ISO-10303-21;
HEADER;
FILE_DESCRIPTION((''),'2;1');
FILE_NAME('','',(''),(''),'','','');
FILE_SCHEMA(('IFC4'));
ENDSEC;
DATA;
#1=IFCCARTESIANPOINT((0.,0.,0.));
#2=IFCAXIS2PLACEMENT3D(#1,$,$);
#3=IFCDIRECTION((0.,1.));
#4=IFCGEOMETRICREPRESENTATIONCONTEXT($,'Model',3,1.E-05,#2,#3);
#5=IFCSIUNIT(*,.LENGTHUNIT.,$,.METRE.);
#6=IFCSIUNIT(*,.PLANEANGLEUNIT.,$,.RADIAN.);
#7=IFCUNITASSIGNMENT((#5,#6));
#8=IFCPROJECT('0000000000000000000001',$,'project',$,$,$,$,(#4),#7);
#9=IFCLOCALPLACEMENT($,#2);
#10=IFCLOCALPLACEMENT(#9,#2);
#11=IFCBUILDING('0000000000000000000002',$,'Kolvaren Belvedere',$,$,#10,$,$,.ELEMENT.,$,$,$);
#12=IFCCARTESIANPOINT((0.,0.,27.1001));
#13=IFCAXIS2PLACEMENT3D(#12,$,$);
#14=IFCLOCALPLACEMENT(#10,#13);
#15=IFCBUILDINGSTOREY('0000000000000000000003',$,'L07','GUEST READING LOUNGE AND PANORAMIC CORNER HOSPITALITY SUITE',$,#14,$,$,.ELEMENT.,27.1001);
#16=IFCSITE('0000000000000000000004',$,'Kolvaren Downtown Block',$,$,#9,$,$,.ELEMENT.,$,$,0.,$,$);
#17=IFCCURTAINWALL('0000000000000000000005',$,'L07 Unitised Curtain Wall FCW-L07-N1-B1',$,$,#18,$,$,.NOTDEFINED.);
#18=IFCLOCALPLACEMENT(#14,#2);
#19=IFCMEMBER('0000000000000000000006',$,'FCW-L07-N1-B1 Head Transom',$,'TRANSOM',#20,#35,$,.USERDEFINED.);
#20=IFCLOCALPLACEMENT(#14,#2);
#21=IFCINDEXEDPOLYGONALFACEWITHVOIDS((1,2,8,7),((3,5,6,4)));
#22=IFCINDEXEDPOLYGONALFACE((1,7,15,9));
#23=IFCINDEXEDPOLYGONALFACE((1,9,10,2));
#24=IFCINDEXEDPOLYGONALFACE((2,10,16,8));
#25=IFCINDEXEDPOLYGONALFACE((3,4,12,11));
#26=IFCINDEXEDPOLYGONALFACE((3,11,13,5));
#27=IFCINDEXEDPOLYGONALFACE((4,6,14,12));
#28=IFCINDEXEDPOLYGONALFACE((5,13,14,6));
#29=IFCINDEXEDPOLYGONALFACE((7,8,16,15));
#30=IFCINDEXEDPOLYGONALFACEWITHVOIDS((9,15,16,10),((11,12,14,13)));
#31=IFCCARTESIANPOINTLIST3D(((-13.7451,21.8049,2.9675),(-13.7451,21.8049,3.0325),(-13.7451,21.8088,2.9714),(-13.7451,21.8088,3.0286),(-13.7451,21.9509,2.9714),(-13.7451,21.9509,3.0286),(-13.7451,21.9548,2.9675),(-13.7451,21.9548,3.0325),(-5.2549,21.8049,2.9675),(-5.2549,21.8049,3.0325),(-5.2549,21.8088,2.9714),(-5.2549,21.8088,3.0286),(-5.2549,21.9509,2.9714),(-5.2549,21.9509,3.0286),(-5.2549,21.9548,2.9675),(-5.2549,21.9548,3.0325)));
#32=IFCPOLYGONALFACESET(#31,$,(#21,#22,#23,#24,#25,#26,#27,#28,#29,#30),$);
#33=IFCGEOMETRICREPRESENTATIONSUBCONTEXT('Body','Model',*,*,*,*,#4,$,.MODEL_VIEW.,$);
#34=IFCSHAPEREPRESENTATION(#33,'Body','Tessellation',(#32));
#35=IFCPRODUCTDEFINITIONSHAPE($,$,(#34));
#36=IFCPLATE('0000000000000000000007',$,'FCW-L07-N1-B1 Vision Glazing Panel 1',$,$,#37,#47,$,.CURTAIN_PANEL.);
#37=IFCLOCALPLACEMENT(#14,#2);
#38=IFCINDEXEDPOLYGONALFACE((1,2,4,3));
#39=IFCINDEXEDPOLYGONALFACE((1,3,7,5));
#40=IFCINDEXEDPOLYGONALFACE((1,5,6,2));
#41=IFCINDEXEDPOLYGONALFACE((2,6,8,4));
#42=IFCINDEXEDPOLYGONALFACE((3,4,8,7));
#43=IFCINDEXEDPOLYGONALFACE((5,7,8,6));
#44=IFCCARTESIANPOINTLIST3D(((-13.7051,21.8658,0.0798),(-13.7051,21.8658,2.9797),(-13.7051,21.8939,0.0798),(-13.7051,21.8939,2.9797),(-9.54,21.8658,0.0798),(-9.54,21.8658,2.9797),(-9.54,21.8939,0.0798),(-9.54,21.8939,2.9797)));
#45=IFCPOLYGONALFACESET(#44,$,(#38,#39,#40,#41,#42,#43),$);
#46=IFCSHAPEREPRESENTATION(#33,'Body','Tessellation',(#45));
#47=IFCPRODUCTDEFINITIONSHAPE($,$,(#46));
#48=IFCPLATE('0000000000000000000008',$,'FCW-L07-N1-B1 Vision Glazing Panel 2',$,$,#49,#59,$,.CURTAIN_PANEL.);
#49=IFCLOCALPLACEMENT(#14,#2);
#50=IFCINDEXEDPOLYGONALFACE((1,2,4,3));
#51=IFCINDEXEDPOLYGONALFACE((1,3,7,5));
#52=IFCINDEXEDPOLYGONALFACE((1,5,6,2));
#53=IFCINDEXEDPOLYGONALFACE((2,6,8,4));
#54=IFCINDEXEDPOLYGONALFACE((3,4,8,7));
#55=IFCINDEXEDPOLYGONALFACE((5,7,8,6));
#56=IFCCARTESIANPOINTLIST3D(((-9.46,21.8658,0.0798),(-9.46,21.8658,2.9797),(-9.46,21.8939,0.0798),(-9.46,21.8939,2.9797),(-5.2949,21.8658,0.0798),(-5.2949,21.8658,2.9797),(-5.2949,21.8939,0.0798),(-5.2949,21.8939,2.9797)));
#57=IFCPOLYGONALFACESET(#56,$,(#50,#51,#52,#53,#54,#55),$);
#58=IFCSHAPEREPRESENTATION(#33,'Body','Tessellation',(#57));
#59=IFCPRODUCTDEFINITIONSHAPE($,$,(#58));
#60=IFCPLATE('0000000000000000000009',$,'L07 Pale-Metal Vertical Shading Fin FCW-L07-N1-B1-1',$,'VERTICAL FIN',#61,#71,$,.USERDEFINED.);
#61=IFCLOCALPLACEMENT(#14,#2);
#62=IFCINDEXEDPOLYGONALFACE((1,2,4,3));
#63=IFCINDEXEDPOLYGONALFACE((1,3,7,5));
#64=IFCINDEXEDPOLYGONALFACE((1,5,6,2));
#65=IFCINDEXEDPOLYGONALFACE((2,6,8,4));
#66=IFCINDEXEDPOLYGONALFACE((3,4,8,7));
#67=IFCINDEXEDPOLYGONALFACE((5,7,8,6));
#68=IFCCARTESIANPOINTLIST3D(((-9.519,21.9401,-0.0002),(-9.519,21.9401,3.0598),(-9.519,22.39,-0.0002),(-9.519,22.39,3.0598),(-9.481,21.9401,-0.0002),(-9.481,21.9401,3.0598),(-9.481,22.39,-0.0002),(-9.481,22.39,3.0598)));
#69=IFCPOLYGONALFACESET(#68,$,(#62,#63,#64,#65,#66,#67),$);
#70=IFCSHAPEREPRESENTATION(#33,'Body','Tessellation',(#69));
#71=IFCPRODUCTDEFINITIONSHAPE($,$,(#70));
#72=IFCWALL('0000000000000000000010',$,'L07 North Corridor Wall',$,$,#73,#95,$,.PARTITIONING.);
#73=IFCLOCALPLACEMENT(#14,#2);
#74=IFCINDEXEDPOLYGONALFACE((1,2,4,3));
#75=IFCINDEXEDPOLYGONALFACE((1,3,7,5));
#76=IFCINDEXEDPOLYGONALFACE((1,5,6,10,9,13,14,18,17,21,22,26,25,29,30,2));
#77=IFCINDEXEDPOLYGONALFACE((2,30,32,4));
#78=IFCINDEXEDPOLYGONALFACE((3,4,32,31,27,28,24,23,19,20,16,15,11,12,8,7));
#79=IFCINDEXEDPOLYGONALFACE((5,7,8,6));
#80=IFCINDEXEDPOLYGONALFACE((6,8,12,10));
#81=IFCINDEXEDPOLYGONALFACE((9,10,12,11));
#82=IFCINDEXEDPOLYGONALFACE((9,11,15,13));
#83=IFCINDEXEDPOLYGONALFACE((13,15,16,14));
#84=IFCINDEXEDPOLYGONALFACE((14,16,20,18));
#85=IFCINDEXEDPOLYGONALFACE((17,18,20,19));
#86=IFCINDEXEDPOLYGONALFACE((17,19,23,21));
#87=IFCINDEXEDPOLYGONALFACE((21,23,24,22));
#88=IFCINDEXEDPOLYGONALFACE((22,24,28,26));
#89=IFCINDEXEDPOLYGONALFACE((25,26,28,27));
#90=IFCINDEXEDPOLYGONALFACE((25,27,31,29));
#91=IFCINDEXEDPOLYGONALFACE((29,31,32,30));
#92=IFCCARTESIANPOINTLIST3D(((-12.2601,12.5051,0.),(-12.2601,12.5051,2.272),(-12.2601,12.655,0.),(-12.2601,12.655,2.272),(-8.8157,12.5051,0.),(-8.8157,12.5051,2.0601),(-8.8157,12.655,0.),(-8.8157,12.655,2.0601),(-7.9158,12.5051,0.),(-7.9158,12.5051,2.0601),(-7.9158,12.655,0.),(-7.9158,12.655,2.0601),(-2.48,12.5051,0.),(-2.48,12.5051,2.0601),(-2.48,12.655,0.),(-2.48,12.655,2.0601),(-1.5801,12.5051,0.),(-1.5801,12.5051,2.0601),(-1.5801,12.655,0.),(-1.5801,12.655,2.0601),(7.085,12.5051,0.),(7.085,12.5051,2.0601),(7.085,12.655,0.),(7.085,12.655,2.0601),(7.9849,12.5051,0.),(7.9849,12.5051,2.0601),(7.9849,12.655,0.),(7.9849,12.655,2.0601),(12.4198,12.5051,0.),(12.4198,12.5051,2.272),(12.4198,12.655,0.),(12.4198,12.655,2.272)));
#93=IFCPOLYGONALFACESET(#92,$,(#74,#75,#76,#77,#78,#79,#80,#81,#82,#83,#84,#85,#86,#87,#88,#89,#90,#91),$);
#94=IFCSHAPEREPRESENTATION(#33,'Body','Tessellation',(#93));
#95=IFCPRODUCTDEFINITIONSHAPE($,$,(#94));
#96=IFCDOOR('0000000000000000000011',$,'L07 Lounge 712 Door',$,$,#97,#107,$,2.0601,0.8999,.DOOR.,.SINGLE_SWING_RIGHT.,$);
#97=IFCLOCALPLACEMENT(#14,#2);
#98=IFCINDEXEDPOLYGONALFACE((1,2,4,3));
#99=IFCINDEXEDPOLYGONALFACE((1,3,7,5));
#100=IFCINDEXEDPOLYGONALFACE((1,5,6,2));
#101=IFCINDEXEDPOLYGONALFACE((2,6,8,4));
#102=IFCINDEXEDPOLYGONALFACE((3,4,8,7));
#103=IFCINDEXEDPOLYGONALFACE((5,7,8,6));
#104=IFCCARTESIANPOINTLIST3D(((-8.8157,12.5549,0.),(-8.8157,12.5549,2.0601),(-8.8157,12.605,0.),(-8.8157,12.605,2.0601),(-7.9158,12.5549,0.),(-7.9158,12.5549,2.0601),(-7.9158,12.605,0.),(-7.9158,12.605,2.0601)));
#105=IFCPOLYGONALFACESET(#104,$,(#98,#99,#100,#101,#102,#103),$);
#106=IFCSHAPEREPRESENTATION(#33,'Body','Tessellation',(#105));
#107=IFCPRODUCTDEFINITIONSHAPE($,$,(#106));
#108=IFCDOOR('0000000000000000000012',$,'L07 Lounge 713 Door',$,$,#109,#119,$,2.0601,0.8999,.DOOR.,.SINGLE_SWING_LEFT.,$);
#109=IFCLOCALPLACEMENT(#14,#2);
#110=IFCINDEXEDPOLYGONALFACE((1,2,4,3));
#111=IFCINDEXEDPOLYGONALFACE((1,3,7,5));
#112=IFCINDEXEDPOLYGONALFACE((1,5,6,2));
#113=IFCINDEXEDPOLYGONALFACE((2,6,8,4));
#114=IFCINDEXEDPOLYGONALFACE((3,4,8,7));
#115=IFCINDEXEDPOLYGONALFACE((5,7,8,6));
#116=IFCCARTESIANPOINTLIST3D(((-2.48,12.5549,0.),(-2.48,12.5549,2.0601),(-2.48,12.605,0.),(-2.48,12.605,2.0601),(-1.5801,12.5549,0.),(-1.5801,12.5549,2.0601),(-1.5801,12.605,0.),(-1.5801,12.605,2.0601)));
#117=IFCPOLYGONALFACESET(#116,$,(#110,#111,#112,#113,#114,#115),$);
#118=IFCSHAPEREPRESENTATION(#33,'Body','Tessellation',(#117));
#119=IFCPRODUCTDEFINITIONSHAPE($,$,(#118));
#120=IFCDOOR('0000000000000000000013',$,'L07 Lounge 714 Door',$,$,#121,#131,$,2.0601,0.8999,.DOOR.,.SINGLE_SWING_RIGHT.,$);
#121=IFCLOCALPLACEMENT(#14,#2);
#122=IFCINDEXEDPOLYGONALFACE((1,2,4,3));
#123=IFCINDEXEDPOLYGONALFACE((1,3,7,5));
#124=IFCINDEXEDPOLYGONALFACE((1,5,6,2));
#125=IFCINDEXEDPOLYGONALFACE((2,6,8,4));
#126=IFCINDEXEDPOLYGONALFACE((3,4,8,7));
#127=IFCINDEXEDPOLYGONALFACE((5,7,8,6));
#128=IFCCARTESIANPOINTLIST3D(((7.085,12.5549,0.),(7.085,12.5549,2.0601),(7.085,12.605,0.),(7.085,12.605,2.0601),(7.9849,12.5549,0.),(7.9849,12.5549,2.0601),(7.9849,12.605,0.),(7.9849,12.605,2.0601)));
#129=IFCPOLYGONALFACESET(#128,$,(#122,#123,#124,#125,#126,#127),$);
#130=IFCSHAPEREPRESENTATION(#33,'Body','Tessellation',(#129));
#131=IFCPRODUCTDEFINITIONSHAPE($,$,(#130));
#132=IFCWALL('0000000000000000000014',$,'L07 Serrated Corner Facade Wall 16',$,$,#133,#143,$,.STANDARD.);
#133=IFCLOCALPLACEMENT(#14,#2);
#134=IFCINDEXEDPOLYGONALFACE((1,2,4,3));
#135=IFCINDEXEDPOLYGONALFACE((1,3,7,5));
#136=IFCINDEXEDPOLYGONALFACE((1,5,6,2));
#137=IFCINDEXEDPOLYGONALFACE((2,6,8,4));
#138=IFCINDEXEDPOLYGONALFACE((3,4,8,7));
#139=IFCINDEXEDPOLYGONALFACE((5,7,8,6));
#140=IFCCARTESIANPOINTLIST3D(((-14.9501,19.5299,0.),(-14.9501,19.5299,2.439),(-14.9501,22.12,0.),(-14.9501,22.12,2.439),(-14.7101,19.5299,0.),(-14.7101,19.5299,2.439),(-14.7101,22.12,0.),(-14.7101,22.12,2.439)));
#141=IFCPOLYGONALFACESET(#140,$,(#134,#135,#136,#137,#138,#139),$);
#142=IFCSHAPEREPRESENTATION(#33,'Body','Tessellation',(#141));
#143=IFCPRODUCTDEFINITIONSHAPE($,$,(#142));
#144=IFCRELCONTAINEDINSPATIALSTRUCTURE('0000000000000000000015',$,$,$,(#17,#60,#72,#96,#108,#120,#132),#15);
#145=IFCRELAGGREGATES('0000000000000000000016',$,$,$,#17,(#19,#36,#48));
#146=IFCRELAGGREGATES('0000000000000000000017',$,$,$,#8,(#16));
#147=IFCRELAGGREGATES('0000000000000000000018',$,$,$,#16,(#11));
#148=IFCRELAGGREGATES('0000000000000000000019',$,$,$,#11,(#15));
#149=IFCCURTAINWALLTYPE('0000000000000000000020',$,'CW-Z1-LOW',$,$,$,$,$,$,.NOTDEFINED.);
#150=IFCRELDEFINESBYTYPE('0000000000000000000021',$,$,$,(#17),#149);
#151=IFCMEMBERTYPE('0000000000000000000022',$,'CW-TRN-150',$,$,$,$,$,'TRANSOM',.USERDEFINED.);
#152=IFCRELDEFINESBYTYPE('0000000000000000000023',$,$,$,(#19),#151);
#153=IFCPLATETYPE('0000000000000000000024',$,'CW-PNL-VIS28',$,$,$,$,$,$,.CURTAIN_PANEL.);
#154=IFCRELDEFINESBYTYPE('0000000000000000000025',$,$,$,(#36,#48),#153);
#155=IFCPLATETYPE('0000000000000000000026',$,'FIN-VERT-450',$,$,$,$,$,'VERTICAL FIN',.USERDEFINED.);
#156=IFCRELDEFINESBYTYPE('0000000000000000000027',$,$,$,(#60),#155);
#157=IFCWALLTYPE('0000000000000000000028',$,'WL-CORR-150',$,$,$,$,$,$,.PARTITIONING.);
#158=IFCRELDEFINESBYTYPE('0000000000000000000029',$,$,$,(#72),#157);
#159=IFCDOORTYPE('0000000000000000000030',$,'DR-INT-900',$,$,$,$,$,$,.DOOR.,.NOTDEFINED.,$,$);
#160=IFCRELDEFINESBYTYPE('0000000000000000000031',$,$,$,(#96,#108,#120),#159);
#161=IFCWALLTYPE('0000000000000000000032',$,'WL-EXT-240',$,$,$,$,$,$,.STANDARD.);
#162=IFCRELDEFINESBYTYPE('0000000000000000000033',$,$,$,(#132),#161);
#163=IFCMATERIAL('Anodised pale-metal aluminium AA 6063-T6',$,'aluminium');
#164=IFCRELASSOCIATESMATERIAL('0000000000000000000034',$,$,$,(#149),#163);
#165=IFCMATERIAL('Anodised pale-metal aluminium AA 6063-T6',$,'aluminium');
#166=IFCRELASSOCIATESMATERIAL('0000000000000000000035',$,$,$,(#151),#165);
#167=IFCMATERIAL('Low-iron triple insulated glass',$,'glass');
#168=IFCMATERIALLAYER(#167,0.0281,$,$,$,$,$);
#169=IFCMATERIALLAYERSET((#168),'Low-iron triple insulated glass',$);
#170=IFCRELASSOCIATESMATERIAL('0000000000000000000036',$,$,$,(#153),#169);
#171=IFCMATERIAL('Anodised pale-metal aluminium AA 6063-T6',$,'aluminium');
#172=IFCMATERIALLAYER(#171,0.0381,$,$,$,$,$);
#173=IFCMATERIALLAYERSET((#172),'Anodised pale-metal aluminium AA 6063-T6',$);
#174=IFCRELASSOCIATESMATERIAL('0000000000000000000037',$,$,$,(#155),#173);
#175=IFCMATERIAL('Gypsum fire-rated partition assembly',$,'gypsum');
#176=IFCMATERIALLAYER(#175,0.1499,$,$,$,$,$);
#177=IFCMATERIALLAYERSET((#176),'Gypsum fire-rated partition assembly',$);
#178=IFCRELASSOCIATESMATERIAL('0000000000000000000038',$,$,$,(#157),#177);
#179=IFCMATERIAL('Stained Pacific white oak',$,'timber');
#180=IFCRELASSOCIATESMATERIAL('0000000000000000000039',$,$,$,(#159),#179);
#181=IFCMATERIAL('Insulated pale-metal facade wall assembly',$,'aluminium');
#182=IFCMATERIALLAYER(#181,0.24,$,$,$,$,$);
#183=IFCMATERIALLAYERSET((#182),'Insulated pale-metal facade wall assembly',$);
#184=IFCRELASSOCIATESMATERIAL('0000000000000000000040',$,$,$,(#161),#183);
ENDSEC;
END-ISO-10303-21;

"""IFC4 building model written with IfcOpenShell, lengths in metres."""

from ifc_helpers import new_model, si_unit, direction, frame, frame_2d, origin, origin_2d, place, context, subcontext, project, spatial, rectangle, hollow_rectangle, extrude, material, layer, layer_set, material_profile, profile_set, type_object, element, fill, aggregate, save


model = new_model("IFC4")

# Units and contexts
model_context = context("Model", 3, precision=1e-05, world=origin(), true_north=direction((0.0, 1.0)))
body_context = subcontext(model_context, "Body", "Model", "MODEL_VIEW")
ifc_project = project(units=[si_unit("LENGTHUNIT", "METRE"), si_unit("PLANEANGLEUNIT", "RADIAN")], contexts=[model_context])

# Site, building, storey
site_placement = place(None, origin())
site = spatial("IfcSite", under=ifc_project, at=site_placement, Name="Kolvaren Downtown Block", CompositionType="ELEMENT", RefElevation=0.0)
building_placement = place(site_placement, origin())
building = spatial("IfcBuilding", under=site, at=building_placement, Name="Kolvaren Belvedere", CompositionType="ELEMENT")
storey_placement = place(building_placement, frame((0.0, 0.0, 27.1001)))
storey = spatial("IfcBuildingStorey", under=building, at=storey_placement, Name="L07", Description="GUEST READING LOUNGE AND PANORAMIC CORNER HOSPITALITY SUITE", CompositionType="ELEMENT", Elevation=27.1001)

# Curtain wall
ifc_material_1 = material(Name="Anodised pale-metal aluminium AA 6063-T6", Category="aluminium")
curtain_wall_type = type_object("IfcCurtainWallType", Name="CW-Z1-LOW", PredefinedType="NOTDEFINED", material=ifc_material_1)
curtain_wall_1_placement = place(storey_placement, origin())
curtain_wall_1 = element("IfcCurtainWall", 1, at=curtain_wall_1_placement, inside=storey, type_object=curtain_wall_type, Name="L07 Unitised Curtain Wall FCW-L07-N1-B1", PredefinedType="NOTDEFINED")

# Member
ifc_material_2 = material(Name="Anodised pale-metal aluminium AA 6063-T6", Category="aluminium")
ifc_material_profile_1 = material_profile(ifc_material_2, hollow_rectangle(XDim=0.0649, YDim=0.1499, WallThickness=0.0039, at=origin_2d()), Name="ALU-TRN-150X65")
ifc_profile_set_1 = profile_set([ifc_material_profile_1], Name="Anodised pale-metal aluminium AA 6063-T6")
member_type_1 = type_object("IfcMemberType", Name="CW-TRN-150", ElementType="TRANSOM", PredefinedType="USERDEFINED", material=ifc_profile_set_1)
member_1_placement = place(storey_placement, frame((-13.7451, 21.8799, 3.0), z_axis=(1.0, 0.0, 0.0), x_axis=(0.0, 0.0, 1.0)))
member_1 = element("IfcMember", 2, at=member_1_placement, type_object=member_type_1, Name="FCW-L07-N1-B1 Head Transom", ObjectType="TRANSOM", PredefinedType="USERDEFINED", context=body_context, shape_type="SweptSolid", body=[
    extrude(hollow_rectangle(XDim=0.0649, YDim=0.1499, WallThickness=0.0039, at=origin_2d()), origin(), (0.0, 0.0, 1.0), 8.4902),
])

# Plates
ifc_material_3 = material(Name="Low-iron triple insulated glass", Category="glass")
ifc_layer_1 = layer(ifc_material_3, 0.0281)
ifc_layer_set_1 = layer_set([ifc_layer_1], Name="Low-iron triple insulated glass")
plate_type_1 = type_object("IfcPlateType", Name="CW-PNL-VIS28", PredefinedType="CURTAIN_PANEL", material=ifc_layer_set_1)
plate_1_placement = place(storey_placement, frame((-11.6226, 21.8799, 0.0798), z_axis=(0.0, 0.0, 1.0), x_axis=(1.0, 0.0, 0.0)))
plate_1 = element("IfcPlate", 3, at=plate_1_placement, type_object=plate_type_1, Name="FCW-L07-N1-B1 Vision Glazing Panel 1", PredefinedType="CURTAIN_PANEL", context=body_context, shape_type="SweptSolid", body=[
    extrude(rectangle(XDim=4.165, YDim=0.0281, at=origin_2d()), origin(), (0.0, 0.0, 1.0), 2.8999),
])
plate_2_placement = place(storey_placement, frame((-7.3774, 21.8799, 0.0798), z_axis=(0.0, 0.0, 1.0), x_axis=(1.0, 0.0, 0.0)))
plate_2 = element("IfcPlate", 4, at=plate_2_placement, type_object=plate_type_1, Name="FCW-L07-N1-B1 Vision Glazing Panel 2", PredefinedType="CURTAIN_PANEL", context=body_context, shape_type="SweptSolid", body=[
    extrude(rectangle(XDim=4.165, YDim=0.0281, at=origin_2d()), origin(), (0.0, 0.0, 1.0), 2.8999),
])
aggregate(curtain_wall_1, [member_1, plate_1, plate_2])
ifc_material_4 = material(Name="Anodised pale-metal aluminium AA 6063-T6", Category="aluminium")
ifc_layer_2 = layer(ifc_material_4, 0.0381)
ifc_layer_set_2 = layer_set([ifc_layer_2], Name="Anodised pale-metal aluminium AA 6063-T6")
plate_type_2 = type_object("IfcPlateType", Name="FIN-VERT-450", ElementType="VERTICAL FIN", PredefinedType="USERDEFINED", material=ifc_layer_set_2)
plate_3_placement = place(storey_placement, frame((-9.5, 22.165, -0.0002), z_axis=(0.0, 0.0, 1.0), x_axis=(0.0, 1.0, 0.0)))
element("IfcPlate", 5, at=plate_3_placement, inside=storey, type_object=plate_type_2, Name="L07 Pale-Metal Vertical Shading Fin FCW-L07-N1-B1-1", ObjectType="VERTICAL FIN", PredefinedType="USERDEFINED", context=body_context, shape_type="SweptSolid", body=[
    extrude(rectangle(XDim=0.45, YDim=0.0381, at=origin_2d()), origin(), (0.0, 0.0, 1.0), 3.0601),
])

# Wall, openings, doors
ifc_material_5 = material(Name="Gypsum fire-rated partition assembly", Category="gypsum")
ifc_layer_3 = layer(ifc_material_5, 0.1499)
ifc_layer_set_3 = layer_set([ifc_layer_3], Name="Gypsum fire-rated partition assembly")
wall_type_1 = type_object("IfcWallType", Name="WL-CORR-150", PredefinedType="PARTITIONING", material=ifc_layer_set_3)
wall_1_placement = place(storey_placement, frame((-12.26, 12.5801, 0.0), z_axis=(0.0, 0.0, 1.0), x_axis=(1.0, 0.0, 0.0)))
wall_1 = element("IfcWall", 6, at=wall_1_placement, inside=storey, type_object=wall_type_1, Name="L07 North Corridor Wall", PredefinedType="PARTITIONING", context=body_context, shape_type="SweptSolid", body=[
    extrude(rectangle(XDim=24.6799, YDim=0.1499, at=frame_2d((12.3398, 0.0))), origin(), (0.0, 0.0, 1.0), 2.272),
])
opening_1_placement = place(wall_1_placement, frame((3.4443, 0.0, 0.0)))
opening_1 = element("IfcOpeningElement", 7, at=opening_1_placement, cuts=wall_1, PredefinedType="OPENING", context=body_context, shape_type="SweptSolid", body=[
    extrude(rectangle(XDim=0.8999, YDim=2.0601, at=frame_2d((0.45, 1.03))), frame((0.0, 0.085, 0.0), z_axis=(0.0, -1.0, 0.0), x_axis=(1.0, 0.0, 0.0)), (0.0, 0.0, 1.0), 0.1699),
])
opening_2_placement = place(wall_1_placement, frame((9.78, 0.0, 0.0)))
opening_2 = element("IfcOpeningElement", 8, at=opening_2_placement, cuts=wall_1, PredefinedType="OPENING", context=body_context, shape_type="SweptSolid", body=[
    extrude(rectangle(XDim=0.8999, YDim=2.0601, at=frame_2d((0.45, 1.03))), frame((0.0, 0.085, 0.0), z_axis=(0.0, -1.0, 0.0), x_axis=(1.0, 0.0, 0.0)), (0.0, 0.0, 1.0), 0.1699),
])
opening_3_placement = place(wall_1_placement, frame((19.345, 0.0, 0.0)))
opening_3 = element("IfcOpeningElement", 9, at=opening_3_placement, cuts=wall_1, PredefinedType="OPENING", context=body_context, shape_type="SweptSolid", body=[
    extrude(rectangle(XDim=0.8999, YDim=2.0601, at=frame_2d((0.45, 1.03))), frame((0.0, 0.085, 0.0), z_axis=(0.0, -1.0, 0.0), x_axis=(1.0, 0.0, 0.0)), (0.0, 0.0, 1.0), 0.1699),
])
ifc_material_6 = material(Name="Stained Pacific white oak", Category="timber")
door_type = type_object("IfcDoorType", Name="DR-INT-900", OperationType="NOTDEFINED", PredefinedType="DOOR", material=ifc_material_6)
door_1_placement = place(opening_1_placement, origin())
door_1 = element("IfcDoor", 10, at=door_1_placement, inside=storey, type_object=door_type, Name="L07 Lounge 712 Door", OperationType="SINGLE_SWING_RIGHT", OverallHeight=2.0601, OverallWidth=0.8999, PredefinedType="DOOR", context=body_context, shape_type="SweptSolid", body=[
    extrude(rectangle(XDim=0.8999, YDim=2.0601, at=frame_2d((0.45, 1.03))), frame((0.0, 0.0249, 0.0), z_axis=(0.0, -1.0, 0.0), x_axis=(1.0, 0.0, 0.0)), (0.0, 0.0, 1.0), 0.05),
])
fill(opening_1, door_1)
door_2_placement = place(opening_2_placement, origin())
door_2 = element("IfcDoor", 11, at=door_2_placement, inside=storey, type_object=door_type, Name="L07 Lounge 713 Door", OperationType="SINGLE_SWING_LEFT", OverallHeight=2.0601, OverallWidth=0.8999, PredefinedType="DOOR", context=body_context, shape_type="SweptSolid", body=[
    extrude(rectangle(XDim=0.8999, YDim=2.0601, at=frame_2d((0.45, 1.03))), frame((0.0, 0.0249, 0.0), z_axis=(0.0, -1.0, 0.0), x_axis=(1.0, 0.0, 0.0)), (0.0, 0.0, 1.0), 0.05),
])
fill(opening_2, door_2)
door_3_placement = place(opening_3_placement, origin())
door_3 = element("IfcDoor", 12, at=door_3_placement, inside=storey, type_object=door_type, Name="L07 Lounge 714 Door", OperationType="SINGLE_SWING_RIGHT", OverallHeight=2.0601, OverallWidth=0.8999, PredefinedType="DOOR", context=body_context, shape_type="SweptSolid", body=[
    extrude(rectangle(XDim=0.8999, YDim=2.0601, at=frame_2d((0.45, 1.03))), frame((0.0, 0.0249, 0.0), z_axis=(0.0, -1.0, 0.0), x_axis=(1.0, 0.0, 0.0)), (0.0, 0.0, 1.0), 0.05),
])
fill(opening_3, door_3)

# Wall
ifc_material_7 = material(Name="Insulated pale-metal facade wall assembly", Category="aluminium")
ifc_layer_4 = layer(ifc_material_7, 0.24)
ifc_layer_set_4 = layer_set([ifc_layer_4], Name="Insulated pale-metal facade wall assembly")
wall_type_2 = type_object("IfcWallType", Name="WL-EXT-240", PredefinedType="STANDARD", material=ifc_layer_set_4)
wall_2_placement = place(storey_placement, frame((-14.8301, 19.53, 0.0), z_axis=(0.0, 0.0, 1.0), x_axis=(0.0, 1.0, 0.0)))
element("IfcWall", 13, at=wall_2_placement, inside=storey, type_object=wall_type_2, Name="L07 Serrated Corner Facade Wall 16", PredefinedType="STANDARD", context=body_context, shape_type="SweptSolid", body=[
    extrude(rectangle(XDim=2.5901, YDim=0.24, at=frame_2d((1.2949, 0.0))), origin(), (0.0, 0.0, 1.0), 2.439),
])

save(model, "model.ifc")
